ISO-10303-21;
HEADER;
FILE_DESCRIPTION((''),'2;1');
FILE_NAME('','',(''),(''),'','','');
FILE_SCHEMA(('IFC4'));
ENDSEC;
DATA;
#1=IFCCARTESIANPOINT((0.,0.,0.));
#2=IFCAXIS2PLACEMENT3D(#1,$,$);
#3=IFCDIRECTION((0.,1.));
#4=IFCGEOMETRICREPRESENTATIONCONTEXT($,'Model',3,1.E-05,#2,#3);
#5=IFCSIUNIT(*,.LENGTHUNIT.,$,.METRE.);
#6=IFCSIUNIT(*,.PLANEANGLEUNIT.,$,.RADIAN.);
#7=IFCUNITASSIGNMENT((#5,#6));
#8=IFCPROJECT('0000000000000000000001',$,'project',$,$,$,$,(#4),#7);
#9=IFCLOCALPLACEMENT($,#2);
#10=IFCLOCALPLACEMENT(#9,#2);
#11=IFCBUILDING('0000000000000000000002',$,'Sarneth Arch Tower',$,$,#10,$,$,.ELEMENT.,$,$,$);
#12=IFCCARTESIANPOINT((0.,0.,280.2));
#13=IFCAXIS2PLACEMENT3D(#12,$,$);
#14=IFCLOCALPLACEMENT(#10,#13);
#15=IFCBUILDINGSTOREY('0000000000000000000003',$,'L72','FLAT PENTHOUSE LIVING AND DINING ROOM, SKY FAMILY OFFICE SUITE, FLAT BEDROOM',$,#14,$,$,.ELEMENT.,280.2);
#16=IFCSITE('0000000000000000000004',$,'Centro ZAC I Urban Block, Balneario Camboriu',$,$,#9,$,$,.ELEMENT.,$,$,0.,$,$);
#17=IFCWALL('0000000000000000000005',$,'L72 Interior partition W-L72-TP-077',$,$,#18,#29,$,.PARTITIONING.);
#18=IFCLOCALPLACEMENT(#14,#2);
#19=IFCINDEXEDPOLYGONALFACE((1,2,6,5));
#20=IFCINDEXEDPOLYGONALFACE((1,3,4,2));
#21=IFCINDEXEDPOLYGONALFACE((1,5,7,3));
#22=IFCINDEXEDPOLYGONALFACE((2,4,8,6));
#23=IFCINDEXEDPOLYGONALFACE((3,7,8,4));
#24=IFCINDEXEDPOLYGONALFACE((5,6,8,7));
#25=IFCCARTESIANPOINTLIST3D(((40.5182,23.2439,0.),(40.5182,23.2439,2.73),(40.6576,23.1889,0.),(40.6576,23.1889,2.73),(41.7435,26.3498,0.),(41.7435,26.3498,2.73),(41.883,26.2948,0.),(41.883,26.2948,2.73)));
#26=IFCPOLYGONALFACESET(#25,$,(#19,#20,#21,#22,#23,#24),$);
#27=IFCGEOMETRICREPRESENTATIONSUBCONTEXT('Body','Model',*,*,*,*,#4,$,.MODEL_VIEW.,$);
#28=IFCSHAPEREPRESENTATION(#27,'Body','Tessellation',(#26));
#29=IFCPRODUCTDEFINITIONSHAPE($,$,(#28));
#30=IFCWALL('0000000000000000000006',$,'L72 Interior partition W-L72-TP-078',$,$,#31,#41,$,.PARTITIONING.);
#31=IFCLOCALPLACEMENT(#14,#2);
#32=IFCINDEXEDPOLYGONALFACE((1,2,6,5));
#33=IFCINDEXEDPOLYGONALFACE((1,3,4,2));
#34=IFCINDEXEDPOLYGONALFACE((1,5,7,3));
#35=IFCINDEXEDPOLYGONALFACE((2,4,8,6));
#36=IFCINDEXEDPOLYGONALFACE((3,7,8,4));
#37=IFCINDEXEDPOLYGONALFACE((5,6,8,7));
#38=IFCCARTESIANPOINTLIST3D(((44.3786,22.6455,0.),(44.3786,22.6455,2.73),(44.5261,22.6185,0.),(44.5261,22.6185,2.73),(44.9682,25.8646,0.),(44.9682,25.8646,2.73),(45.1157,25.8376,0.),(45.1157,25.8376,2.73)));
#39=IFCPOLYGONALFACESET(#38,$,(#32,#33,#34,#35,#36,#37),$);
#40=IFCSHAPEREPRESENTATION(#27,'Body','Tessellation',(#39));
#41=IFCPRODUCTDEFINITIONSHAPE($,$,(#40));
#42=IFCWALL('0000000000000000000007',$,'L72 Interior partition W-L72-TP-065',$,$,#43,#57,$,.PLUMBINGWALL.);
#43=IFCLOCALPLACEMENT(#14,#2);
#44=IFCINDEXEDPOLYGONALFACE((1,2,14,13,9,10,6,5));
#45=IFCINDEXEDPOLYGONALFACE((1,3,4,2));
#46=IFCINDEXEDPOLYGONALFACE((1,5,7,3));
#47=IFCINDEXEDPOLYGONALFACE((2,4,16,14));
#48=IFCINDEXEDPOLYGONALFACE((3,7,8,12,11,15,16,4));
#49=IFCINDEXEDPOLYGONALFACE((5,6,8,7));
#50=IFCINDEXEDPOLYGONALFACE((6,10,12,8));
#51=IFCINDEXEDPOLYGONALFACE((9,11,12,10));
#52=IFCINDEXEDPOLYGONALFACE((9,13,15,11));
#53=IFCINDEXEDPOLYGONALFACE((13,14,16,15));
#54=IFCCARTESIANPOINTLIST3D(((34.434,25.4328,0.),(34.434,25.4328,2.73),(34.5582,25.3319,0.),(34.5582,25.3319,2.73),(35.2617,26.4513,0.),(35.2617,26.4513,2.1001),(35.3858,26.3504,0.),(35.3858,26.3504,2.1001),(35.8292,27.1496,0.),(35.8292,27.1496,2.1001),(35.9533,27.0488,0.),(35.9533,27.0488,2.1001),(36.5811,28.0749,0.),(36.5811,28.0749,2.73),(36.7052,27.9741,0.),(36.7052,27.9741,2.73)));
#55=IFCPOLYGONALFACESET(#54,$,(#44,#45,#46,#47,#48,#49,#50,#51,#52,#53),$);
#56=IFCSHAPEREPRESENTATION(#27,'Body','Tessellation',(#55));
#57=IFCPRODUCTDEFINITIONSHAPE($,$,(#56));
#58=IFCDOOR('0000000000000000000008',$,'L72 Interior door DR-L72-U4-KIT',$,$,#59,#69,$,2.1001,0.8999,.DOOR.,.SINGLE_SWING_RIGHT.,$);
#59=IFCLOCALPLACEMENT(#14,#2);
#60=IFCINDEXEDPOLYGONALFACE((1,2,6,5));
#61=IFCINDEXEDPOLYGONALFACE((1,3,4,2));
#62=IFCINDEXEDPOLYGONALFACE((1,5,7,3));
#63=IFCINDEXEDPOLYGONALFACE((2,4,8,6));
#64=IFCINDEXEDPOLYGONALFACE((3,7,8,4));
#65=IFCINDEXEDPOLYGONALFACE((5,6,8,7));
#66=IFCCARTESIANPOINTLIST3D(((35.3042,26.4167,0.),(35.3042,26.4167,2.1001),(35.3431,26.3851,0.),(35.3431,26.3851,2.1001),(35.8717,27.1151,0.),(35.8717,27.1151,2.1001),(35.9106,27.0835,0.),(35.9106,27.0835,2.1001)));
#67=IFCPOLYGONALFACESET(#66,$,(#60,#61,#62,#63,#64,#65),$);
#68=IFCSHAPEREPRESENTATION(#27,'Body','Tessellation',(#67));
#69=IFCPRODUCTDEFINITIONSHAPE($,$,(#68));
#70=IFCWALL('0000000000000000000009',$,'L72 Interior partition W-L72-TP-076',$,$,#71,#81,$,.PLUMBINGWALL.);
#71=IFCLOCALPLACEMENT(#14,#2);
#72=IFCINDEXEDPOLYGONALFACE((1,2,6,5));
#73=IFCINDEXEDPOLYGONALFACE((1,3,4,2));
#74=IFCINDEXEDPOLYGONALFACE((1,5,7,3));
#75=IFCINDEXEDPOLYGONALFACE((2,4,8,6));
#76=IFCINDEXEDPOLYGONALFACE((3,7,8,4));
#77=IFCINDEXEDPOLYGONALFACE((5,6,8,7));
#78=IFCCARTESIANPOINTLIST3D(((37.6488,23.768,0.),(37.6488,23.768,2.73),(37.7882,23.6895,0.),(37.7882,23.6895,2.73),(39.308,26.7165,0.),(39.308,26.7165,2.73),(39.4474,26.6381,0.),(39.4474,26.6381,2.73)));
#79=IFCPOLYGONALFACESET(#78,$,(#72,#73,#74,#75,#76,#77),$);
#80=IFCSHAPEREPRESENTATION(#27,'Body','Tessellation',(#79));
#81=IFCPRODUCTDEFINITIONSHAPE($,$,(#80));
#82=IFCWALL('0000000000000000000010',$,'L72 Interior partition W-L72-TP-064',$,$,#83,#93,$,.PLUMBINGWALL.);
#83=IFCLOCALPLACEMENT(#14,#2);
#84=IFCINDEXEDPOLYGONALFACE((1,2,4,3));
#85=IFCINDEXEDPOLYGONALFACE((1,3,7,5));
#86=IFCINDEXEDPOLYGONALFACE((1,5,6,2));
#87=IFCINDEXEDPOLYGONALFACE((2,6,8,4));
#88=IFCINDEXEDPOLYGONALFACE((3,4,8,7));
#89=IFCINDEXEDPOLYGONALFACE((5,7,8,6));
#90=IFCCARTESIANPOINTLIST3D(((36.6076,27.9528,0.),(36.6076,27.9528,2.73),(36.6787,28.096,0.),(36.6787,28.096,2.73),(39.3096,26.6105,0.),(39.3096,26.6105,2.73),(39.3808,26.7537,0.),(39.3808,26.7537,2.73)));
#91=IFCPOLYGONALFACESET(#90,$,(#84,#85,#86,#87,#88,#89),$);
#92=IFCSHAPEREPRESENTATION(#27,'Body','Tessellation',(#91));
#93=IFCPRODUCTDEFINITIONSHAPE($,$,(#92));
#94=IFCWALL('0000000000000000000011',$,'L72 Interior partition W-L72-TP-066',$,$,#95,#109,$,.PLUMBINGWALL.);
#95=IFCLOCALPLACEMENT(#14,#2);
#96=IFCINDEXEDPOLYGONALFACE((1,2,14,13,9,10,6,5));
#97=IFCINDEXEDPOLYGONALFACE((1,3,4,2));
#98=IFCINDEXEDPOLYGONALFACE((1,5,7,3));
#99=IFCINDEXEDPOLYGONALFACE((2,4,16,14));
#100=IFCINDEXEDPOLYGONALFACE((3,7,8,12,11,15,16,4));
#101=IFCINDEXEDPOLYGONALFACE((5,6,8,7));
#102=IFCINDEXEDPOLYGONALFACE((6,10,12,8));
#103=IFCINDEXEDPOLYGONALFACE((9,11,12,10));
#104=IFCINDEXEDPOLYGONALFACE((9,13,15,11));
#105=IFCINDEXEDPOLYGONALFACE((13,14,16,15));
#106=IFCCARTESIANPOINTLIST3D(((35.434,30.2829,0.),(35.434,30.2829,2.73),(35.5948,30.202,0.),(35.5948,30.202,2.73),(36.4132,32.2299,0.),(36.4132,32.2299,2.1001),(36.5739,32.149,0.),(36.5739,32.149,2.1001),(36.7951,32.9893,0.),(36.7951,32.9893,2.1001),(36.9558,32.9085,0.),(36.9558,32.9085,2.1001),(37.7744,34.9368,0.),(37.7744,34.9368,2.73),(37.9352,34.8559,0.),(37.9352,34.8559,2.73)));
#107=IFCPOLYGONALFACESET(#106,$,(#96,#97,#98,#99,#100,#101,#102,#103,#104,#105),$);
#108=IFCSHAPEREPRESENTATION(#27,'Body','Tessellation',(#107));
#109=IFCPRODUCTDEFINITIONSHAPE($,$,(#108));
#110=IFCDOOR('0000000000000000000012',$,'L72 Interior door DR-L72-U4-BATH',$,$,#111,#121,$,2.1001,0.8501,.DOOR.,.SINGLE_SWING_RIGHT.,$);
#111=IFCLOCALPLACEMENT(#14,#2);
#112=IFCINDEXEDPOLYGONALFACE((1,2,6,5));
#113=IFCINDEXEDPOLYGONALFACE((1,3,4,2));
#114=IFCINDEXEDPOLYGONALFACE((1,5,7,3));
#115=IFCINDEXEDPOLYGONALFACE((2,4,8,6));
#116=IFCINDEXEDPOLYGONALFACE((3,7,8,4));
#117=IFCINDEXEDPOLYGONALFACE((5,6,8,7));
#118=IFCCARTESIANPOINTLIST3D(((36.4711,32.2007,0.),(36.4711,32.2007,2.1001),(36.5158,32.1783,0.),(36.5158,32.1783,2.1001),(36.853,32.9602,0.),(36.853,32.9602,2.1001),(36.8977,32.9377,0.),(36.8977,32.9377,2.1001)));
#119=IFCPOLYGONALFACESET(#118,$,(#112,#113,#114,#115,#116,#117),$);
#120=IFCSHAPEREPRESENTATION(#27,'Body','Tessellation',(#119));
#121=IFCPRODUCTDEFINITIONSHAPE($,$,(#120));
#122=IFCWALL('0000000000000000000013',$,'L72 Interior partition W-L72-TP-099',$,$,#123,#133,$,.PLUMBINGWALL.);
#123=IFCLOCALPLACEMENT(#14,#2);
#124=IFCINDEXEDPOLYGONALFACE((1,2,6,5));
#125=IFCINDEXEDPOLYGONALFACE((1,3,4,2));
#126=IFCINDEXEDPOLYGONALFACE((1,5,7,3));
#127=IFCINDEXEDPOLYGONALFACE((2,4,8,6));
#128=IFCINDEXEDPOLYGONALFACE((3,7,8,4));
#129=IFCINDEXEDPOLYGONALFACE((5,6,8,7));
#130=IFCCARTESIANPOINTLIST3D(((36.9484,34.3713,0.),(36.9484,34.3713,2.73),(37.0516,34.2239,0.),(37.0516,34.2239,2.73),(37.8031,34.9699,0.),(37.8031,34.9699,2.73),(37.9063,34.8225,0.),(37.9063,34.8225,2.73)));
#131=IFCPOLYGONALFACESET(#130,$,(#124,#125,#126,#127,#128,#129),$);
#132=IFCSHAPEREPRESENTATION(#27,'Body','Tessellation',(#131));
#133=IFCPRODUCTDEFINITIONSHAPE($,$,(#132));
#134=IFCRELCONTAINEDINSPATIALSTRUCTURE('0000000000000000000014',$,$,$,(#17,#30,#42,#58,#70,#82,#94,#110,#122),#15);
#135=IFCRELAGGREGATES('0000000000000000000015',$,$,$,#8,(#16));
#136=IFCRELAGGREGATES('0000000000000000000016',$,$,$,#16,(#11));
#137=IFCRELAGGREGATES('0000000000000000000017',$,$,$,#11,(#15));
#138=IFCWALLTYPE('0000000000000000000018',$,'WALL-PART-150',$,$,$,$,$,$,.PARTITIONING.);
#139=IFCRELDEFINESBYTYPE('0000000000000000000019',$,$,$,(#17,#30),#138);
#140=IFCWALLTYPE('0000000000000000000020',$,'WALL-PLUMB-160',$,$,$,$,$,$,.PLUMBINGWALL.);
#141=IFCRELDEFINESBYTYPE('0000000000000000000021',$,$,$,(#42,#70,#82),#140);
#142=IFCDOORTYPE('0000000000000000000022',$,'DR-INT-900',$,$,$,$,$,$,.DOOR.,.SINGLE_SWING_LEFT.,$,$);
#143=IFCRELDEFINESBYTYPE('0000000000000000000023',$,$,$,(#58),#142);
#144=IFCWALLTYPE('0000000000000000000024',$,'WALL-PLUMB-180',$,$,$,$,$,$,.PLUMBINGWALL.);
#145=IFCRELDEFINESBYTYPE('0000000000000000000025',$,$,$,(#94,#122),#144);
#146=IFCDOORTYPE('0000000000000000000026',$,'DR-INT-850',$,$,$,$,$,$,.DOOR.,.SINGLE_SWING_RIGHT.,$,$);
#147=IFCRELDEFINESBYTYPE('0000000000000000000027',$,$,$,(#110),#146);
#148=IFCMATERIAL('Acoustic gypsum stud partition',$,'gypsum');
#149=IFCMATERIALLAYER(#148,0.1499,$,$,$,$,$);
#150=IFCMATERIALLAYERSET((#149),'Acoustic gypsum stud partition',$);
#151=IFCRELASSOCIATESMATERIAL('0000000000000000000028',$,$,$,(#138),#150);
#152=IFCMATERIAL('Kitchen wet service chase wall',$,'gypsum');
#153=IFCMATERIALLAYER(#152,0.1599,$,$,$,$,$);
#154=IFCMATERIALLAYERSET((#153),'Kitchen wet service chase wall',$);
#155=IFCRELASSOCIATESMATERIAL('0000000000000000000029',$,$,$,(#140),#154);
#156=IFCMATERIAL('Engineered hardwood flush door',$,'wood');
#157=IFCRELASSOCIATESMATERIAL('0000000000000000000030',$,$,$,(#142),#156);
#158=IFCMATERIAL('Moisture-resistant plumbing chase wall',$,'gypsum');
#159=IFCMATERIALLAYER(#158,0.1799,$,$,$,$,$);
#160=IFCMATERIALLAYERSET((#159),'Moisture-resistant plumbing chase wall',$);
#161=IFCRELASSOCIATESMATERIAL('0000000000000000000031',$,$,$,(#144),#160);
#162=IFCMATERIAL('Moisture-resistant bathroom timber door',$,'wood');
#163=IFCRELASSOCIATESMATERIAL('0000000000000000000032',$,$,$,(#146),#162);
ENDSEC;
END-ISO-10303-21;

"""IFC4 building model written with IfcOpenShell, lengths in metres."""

from ifc_helpers import new_model, si_unit, direction, frame, frame_2d, origin, place, context, subcontext, project, spatial, rectangle, extrude, material, layer, layer_set, type_object, element, fill, save


model = new_model("IFC4")

# Units and contexts
model_context = context("Model", 3, precision=1e-05, world=origin(), true_north=direction((0.0, 1.0)))
body_context = subcontext(model_context, "Body", "Model", "MODEL_VIEW")
ifc_project = project(units=[si_unit("LENGTHUNIT", "METRE"), si_unit("PLANEANGLEUNIT", "RADIAN")], contexts=[model_context])

# Site, building, storey
site_placement = place(None, origin())
site = spatial("IfcSite", under=ifc_project, at=site_placement, Name="Centro ZAC I Urban Block, Balneario Camboriu", CompositionType="ELEMENT", RefElevation=0.0)
building_placement = place(site_placement, origin())
building = spatial("IfcBuilding", under=site, at=building_placement, Name="Sarneth Arch Tower", CompositionType="ELEMENT")
storey_placement = place(building_placement, frame((0.0, 0.0, 280.2)))
storey = spatial("IfcBuildingStorey", under=building, at=storey_placement, Name="L72", Description="FLAT PENTHOUSE LIVING AND DINING ROOM, SKY FAMILY OFFICE SUITE, FLAT BEDROOM", CompositionType="ELEMENT", Elevation=280.2)

# Walls
ifc_material_1 = material(Name="Acoustic gypsum stud partition", Category="gypsum")
ifc_layer_1 = layer(ifc_material_1, 0.1499)
ifc_layer_set_1 = layer_set([ifc_layer_1], Name="Acoustic gypsum stud partition")
wall_type_1 = type_object("IfcWallType", Name="WALL-PART-150", PredefinedType="PARTITIONING", material=ifc_layer_set_1)
wall_1_placement = place(storey_placement, frame((41.8132, 26.3223, 0.0), z_axis=(0.0, 0.0, 1.0), x_axis=(-0.366987, -0.930226, 0.0)))
element("IfcWall", 1, at=wall_1_placement, inside=storey, type_object=wall_type_1, Name="L72 Interior partition W-L72-TP-077", PredefinedType="PARTITIONING", context=body_context, shape_type="SweptSolid", body=[
    extrude(rectangle(XDim=3.3389, YDim=0.1499, at=frame_2d((1.6694, 0.0))), origin(), (0.0, 0.0, 1.0), 2.73),
])
wall_2_placement = place(storey_placement, frame((44.4524, 22.6321, 0.0), z_axis=(0.0, 0.0, 1.0), x_axis=(0.180152, 0.983639, 0.0)))
element("IfcWall", 2, at=wall_2_placement, inside=storey, type_object=wall_type_1, Name="L72 Interior partition W-L72-TP-078", PredefinedType="PARTITIONING", context=body_context, shape_type="SweptSolid", body=[
    extrude(rectangle(XDim=3.2727, YDim=0.1499, at=frame_2d((1.6362, 0.0))), origin(), (0.0, 0.0, 1.0), 2.73),
])

# Wall, opening, door
ifc_material_2 = material(Name="Kitchen wet service chase wall", Category="gypsum")
ifc_layer_2 = layer(ifc_material_2, 0.1599)
ifc_layer_set_2 = layer_set([ifc_layer_2], Name="Kitchen wet service chase wall")
wall_type_2 = type_object("IfcWallType", Name="WALL-PLUMB-160", PredefinedType="PLUMBINGWALL", material=ifc_layer_set_2)
wall_3_placement = place(storey_placement, frame((36.6431, 28.0244, 0.0), z_axis=(0.0, 0.0, 1.0), x_axis=(-0.630641, -0.776075, 0.0)))
wall_3 = element("IfcWall", 3, at=wall_3_placement, inside=storey, type_object=wall_type_2, Name="L72 Interior partition W-L72-TP-065", PredefinedType="PLUMBINGWALL", context=body_context, shape_type="SweptSolid", body=[
    extrude(rectangle(XDim=3.4045, YDim=0.1599, at=frame_2d((1.7021, 0.0))), origin(), (0.0, 0.0, 1.0), 2.73),
])
opening_1_placement = place(wall_3_placement, frame((1.1921, 0.0, 0.0)))
opening_1 = element("IfcOpeningElement", 4, at=opening_1_placement, cuts=wall_3, PredefinedType="OPENING", context=body_context, shape_type="SweptSolid", body=[
    extrude(rectangle(XDim=0.8999, YDim=2.1001, at=frame_2d((0.45, 1.05))), frame((0.0, 0.0898, 0.0), z_axis=(0.0, -1.0, 0.0), x_axis=(1.0, 0.0, 0.0)), (0.0, 0.0, 1.0), 0.1799),
])
ifc_material_3 = material(Name="Engineered hardwood flush door", Category="wood")
door_type_1 = type_object("IfcDoorType", Name="DR-INT-900", OperationType="SINGLE_SWING_LEFT", PredefinedType="DOOR", material=ifc_material_3)
door_1_placement = place(opening_1_placement, origin())
door_1 = element("IfcDoor", 5, at=door_1_placement, inside=storey, type_object=door_type_1, Name="L72 Interior door DR-L72-U4-KIT", OperationType="SINGLE_SWING_RIGHT", OverallHeight=2.1001, OverallWidth=0.8999, PredefinedType="DOOR", context=body_context, shape_type="SweptSolid", body=[
    extrude(rectangle(XDim=0.8999, YDim=2.1001, at=frame_2d((0.45, 1.05))), frame((0.0, 0.0249, 0.0), z_axis=(0.0, -1.0, 0.0), x_axis=(1.0, 0.0, 0.0)), (0.0, 0.0, 1.0), 0.05),
])
fill(opening_1, door_1)

# Walls
wall_4_placement = place(storey_placement, frame((37.7185, 23.7288, 0.0), z_axis=(0.0, 0.0, 1.0), x_axis=(0.490409, 0.871493, 0.0)))
element("IfcWall", 6, at=wall_4_placement, inside=storey, type_object=wall_type_2, Name="L72 Interior partition W-L72-TP-076", PredefinedType="PLUMBINGWALL", context=body_context, shape_type="SweptSolid", body=[
    extrude(rectangle(XDim=3.3833, YDim=0.1599, at=frame_2d((1.6917, 0.0))), origin(), (0.0, 0.0, 1.0), 2.73),
])
wall_5_placement = place(storey_placement, frame((39.3452, 26.6821, 0.0), z_axis=(0.0, 0.0, 1.0), x_axis=(-0.895589, 0.444882, 0.0)))
element("IfcWall", 7, at=wall_5_placement, inside=storey, type_object=wall_type_2, Name="L72 Interior partition W-L72-TP-064", PredefinedType="PLUMBINGWALL", context=body_context, shape_type="SweptSolid", body=[
    extrude(rectangle(XDim=3.0171, YDim=0.1599, at=frame_2d((1.5085, 0.0))), origin(), (0.0, 0.0, 1.0), 2.73),
])

# Wall, opening, door
ifc_material_4 = material(Name="Moisture-resistant plumbing chase wall", Category="gypsum")
ifc_layer_3 = layer(ifc_material_4, 0.1799)
ifc_layer_set_3 = layer_set([ifc_layer_3], Name="Moisture-resistant plumbing chase wall")
wall_type_3 = type_object("IfcWallType", Name="WALL-PLUMB-180", PredefinedType="PLUMBINGWALL", material=ifc_layer_set_3)
wall_6_placement = place(storey_placement, frame((37.8547, 34.8962, 0.0), z_axis=(0.0, 0.0, 1.0), x_axis=(-0.449275, -0.893394, 0.0)))
wall_6 = element("IfcWall", 8, at=wall_6_placement, inside=storey, type_object=wall_type_3, Name="L72 Interior partition W-L72-TP-066", PredefinedType="PLUMBINGWALL", context=body_context, shape_type="SweptSolid", body=[
    extrude(rectangle(XDim=5.2092, YDim=0.1799, at=frame_2d((2.6045, 0.0))), origin(), (0.0, 0.0, 1.0), 2.73),
])
opening_2_placement = place(wall_6_placement, frame((2.1797, 0.0, 0.0)))
opening_2 = element("IfcOpeningElement", 9, at=opening_2_placement, cuts=wall_6, PredefinedType="OPENING", context=body_context, shape_type="SweptSolid", body=[
    extrude(rectangle(XDim=0.8501, YDim=2.1001, at=frame_2d((0.425, 1.05))), frame((0.0, 0.0999, 0.0), z_axis=(0.0, -1.0, 0.0), x_axis=(1.0, 0.0, 0.0)), (0.0, 0.0, 1.0), 0.2),
])
ifc_material_5 = material(Name="Moisture-resistant bathroom timber door", Category="wood")
door_type_2 = type_object("IfcDoorType", Name="DR-INT-850", OperationType="SINGLE_SWING_RIGHT", PredefinedType="DOOR", material=ifc_material_5)
door_2_placement = place(opening_2_placement, origin())
door_2 = element("IfcDoor", 10, at=door_2_placement, inside=storey, type_object=door_type_2, Name="L72 Interior door DR-L72-U4-BATH", OperationType="SINGLE_SWING_RIGHT", OverallHeight=2.1001, OverallWidth=0.8501, PredefinedType="DOOR", context=body_context, shape_type="SweptSolid", body=[
    extrude(rectangle(XDim=0.8501, YDim=2.1001, at=frame_2d((0.425, 1.05))), frame((0.0, 0.0249, 0.0), z_axis=(0.0, -1.0, 0.0), x_axis=(1.0, 0.0, 0.0)), (0.0, 0.0, 1.0), 0.05),
])
fill(opening_2, door_2)

# Wall
wall_7_placement = place(storey_placement, frame((37.0, 34.2976, 0.0), z_axis=(0.0, 0.0, 1.0), x_axis=(0.819089, 0.573666, 0.0)))
element("IfcWall", 11, at=wall_7_placement, inside=storey, type_object=wall_type_3, Name="L72 Interior partition W-L72-TP-099", PredefinedType="PLUMBINGWALL", context=body_context, shape_type="SweptSolid", body=[
    extrude(rectangle(XDim=1.0435, YDim=0.1799, at=frame_2d((0.5217, 0.0))), origin(), (0.0, 0.0, 1.0), 2.73),
])

save(model, "model.ifc")
